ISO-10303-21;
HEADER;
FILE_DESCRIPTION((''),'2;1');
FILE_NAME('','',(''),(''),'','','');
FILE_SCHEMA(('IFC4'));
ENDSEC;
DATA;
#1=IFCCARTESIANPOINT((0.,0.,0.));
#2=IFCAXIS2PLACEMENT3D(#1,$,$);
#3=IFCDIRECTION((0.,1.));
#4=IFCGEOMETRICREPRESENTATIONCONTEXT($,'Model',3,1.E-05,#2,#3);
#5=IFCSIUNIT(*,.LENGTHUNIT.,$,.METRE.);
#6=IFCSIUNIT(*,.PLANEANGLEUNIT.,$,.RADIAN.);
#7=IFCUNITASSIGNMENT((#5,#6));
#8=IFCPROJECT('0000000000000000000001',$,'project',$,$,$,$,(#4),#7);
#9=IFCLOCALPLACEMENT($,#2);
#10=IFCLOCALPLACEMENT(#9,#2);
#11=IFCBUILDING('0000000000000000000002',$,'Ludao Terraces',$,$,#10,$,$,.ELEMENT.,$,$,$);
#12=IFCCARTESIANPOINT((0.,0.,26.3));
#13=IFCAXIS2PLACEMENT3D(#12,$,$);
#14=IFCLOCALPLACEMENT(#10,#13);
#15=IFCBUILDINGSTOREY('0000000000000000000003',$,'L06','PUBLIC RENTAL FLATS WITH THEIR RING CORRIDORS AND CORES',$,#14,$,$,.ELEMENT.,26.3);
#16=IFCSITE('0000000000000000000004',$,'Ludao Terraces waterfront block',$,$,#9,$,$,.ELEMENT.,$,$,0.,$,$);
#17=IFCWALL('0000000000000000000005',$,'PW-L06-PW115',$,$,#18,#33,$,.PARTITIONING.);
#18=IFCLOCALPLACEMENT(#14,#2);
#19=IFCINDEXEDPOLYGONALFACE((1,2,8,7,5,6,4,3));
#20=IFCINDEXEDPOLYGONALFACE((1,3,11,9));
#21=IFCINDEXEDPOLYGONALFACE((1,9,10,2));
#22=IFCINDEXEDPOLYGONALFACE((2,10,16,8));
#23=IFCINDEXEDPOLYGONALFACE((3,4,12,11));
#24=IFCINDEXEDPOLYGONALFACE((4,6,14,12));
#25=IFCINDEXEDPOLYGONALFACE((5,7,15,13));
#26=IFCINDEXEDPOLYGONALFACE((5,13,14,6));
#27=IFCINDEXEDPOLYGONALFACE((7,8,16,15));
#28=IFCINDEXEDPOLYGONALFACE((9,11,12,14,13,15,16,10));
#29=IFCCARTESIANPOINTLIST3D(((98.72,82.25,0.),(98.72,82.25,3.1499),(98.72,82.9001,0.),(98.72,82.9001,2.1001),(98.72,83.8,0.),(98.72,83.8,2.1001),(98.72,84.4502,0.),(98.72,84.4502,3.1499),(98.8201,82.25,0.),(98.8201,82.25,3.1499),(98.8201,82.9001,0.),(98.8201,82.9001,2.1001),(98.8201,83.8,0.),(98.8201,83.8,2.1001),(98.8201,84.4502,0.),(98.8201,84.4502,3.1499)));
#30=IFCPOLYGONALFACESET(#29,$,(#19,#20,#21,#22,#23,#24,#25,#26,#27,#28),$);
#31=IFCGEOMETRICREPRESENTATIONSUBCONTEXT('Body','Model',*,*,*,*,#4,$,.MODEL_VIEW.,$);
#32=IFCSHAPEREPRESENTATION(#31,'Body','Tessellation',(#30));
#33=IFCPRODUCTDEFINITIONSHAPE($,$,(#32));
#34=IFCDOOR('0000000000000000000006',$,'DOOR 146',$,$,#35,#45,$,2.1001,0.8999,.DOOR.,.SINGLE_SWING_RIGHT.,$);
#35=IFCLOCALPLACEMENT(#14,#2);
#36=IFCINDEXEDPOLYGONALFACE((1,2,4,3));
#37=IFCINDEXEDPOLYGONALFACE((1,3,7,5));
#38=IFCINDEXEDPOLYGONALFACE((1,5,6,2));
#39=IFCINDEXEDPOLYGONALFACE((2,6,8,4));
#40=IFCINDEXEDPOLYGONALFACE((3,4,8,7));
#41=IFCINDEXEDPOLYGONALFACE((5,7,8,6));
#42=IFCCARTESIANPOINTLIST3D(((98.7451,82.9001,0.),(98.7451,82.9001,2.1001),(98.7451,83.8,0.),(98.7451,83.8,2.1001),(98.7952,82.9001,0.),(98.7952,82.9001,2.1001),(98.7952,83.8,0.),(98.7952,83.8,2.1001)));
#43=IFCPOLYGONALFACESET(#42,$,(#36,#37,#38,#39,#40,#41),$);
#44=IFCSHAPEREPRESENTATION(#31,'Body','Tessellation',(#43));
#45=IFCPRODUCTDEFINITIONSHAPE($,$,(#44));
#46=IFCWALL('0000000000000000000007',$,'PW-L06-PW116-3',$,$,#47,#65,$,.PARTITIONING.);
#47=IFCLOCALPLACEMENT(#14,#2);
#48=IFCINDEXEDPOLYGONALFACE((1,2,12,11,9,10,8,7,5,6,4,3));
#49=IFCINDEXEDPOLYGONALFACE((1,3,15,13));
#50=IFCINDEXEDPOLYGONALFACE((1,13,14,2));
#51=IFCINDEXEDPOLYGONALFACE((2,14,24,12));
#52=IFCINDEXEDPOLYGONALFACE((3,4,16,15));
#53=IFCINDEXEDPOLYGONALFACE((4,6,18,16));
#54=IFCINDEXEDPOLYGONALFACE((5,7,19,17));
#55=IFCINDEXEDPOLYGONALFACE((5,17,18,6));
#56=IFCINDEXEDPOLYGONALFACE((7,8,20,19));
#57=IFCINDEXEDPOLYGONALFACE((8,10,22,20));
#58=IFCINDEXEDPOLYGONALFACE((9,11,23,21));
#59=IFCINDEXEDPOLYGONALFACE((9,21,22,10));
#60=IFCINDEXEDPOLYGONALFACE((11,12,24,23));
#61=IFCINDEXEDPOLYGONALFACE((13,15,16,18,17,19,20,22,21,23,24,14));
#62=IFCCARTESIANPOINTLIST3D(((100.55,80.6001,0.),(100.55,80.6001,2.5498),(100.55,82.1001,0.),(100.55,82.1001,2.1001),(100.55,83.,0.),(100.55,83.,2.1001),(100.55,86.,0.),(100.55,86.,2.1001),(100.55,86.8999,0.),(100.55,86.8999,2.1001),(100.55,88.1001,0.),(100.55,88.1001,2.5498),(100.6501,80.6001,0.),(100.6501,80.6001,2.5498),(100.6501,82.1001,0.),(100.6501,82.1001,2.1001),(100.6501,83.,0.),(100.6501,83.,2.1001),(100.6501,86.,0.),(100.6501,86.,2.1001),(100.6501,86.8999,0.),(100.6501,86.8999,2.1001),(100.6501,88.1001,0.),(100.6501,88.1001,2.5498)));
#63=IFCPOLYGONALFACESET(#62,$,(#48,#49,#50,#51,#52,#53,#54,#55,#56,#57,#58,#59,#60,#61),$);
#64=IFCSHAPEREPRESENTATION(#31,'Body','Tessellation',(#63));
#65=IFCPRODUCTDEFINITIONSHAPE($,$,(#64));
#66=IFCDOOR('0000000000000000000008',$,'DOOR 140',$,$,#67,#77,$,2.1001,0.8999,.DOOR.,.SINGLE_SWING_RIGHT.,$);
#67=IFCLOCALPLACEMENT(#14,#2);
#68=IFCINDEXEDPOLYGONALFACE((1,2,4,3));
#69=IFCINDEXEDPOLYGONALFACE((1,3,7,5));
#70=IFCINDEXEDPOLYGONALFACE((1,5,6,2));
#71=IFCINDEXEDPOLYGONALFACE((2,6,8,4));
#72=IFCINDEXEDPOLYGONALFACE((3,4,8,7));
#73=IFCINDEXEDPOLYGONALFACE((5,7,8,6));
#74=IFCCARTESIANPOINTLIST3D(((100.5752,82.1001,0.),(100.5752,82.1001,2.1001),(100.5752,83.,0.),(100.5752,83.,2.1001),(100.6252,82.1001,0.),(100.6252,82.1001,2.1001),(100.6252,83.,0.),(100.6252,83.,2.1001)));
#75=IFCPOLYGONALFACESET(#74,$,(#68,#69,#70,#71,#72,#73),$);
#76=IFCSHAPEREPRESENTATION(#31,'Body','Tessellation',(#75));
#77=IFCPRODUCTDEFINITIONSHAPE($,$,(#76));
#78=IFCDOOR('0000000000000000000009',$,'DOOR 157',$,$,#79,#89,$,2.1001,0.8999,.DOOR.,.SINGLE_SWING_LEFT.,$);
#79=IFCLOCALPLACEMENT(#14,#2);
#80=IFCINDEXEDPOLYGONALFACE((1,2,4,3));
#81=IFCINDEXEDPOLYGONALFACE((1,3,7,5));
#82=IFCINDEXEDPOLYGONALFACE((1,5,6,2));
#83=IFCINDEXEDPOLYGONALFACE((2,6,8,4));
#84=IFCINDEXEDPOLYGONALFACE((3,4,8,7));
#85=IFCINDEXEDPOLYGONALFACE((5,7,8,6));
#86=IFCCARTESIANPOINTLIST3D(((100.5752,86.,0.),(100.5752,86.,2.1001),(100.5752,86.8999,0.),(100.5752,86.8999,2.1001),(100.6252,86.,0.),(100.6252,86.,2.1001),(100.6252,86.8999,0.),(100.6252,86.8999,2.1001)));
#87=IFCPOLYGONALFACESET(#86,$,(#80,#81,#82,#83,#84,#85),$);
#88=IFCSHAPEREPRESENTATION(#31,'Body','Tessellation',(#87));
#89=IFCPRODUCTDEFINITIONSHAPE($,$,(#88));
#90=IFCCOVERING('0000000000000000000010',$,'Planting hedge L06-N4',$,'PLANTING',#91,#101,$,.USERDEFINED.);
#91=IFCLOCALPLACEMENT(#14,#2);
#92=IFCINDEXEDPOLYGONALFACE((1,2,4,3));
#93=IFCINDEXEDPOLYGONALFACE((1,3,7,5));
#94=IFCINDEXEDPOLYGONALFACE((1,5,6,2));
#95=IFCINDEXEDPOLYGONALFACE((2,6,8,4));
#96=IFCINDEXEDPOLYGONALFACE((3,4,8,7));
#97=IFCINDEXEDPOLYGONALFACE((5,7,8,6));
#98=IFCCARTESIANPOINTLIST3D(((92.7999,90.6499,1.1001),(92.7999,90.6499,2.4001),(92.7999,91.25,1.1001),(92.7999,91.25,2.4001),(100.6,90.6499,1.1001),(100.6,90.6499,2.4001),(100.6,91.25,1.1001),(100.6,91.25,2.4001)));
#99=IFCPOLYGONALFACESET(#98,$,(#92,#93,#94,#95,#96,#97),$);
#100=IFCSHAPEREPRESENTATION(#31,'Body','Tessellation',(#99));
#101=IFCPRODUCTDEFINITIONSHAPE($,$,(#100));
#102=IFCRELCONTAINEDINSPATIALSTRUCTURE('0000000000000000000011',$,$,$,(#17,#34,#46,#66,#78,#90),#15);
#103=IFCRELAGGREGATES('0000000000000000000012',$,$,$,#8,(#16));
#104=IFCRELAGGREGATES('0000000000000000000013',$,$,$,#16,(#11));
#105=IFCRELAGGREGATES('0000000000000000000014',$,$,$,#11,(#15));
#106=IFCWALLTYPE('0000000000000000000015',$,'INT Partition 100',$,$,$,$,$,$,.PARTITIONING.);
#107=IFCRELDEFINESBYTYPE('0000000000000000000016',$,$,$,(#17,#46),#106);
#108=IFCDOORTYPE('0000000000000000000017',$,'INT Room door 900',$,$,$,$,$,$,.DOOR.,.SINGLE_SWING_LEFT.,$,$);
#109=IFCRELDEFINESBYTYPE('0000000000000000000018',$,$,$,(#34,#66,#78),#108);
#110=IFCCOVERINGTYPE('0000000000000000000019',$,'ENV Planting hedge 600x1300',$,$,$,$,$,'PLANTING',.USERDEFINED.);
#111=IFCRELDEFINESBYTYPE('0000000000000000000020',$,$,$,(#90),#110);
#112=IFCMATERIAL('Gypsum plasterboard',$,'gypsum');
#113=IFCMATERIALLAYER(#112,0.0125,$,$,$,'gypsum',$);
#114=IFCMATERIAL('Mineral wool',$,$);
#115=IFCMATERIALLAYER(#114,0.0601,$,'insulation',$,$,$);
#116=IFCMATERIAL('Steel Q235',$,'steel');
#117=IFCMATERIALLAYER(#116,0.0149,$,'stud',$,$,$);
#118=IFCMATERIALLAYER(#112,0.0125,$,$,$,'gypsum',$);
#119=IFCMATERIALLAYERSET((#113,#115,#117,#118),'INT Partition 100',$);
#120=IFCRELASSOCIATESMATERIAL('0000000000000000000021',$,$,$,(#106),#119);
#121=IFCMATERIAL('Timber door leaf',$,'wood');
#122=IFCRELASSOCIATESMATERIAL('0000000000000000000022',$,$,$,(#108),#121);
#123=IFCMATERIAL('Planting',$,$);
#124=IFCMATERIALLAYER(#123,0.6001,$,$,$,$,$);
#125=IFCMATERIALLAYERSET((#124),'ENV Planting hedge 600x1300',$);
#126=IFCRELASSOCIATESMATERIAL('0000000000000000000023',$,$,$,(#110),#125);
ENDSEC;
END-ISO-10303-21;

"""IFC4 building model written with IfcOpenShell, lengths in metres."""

from ifc_helpers import new_model, si_unit, direction, frame, frame_2d, origin, origin_2d, place, context, subcontext, project, spatial, rectangle, extrude, material, layer, layer_set, type_object, element, fill, save


model = new_model("IFC4")

# Units and contexts
model_context = context("Model", 3, precision=1e-05, world=origin(), true_north=direction((0.0, 1.0)))
body_context = subcontext(model_context, "Body", "Model", "MODEL_VIEW")
ifc_project = project(units=[si_unit("LENGTHUNIT", "METRE"), si_unit("PLANEANGLEUNIT", "RADIAN")], contexts=[model_context])

# Site, building, storey
site_placement = place(None, origin())
site = spatial("IfcSite", under=ifc_project, at=site_placement, Name="Ludao Terraces waterfront block", CompositionType="ELEMENT", RefElevation=0.0)
building_placement = place(site_placement, origin())
building = spatial("IfcBuilding", under=site, at=building_placement, Name="Ludao Terraces", CompositionType="ELEMENT")
storey_placement = place(building_placement, frame((0.0, 0.0, 26.3)))
storey = spatial("IfcBuildingStorey", under=building, at=storey_placement, Name="L06", Description="PUBLIC RENTAL FLATS WITH THEIR RING CORRIDORS AND CORES", CompositionType="ELEMENT", Elevation=26.3)

# Shared definitions
ifc_material_1 = material(Name="Gypsum plasterboard", Category="gypsum")
ifc_layer_1 = layer(ifc_material_1, 0.0125, Category="gypsum")
ifc_material_2 = material(Name="Mineral wool")
ifc_layer_2 = layer(ifc_material_2, 0.0601, Name="insulation")
ifc_material_3 = material(Name="Steel Q235", Category="steel")
ifc_layer_3 = layer(ifc_material_3, 0.0149, Name="stud")
ifc_layer_4 = layer(ifc_material_1, 0.0125, Category="gypsum")
ifc_layer_set_1 = layer_set([ifc_layer_1, ifc_layer_2, ifc_layer_3, ifc_layer_4], Name="INT Partition 100")
wall_type_1 = type_object("IfcWallType", Name="INT Partition 100", PredefinedType="PARTITIONING", material=ifc_layer_set_1)

# Wall, opening, door
ifc_material_4 = material(Name="Timber door leaf", Category="wood")
door_type = type_object("IfcDoorType", Name="INT Room door 900", OperationType="SINGLE_SWING_LEFT", PredefinedType="DOOR", material=ifc_material_4)
wall_1_placement = place(storey_placement, frame((98.77, 82.25, 0.0), z_axis=(0.0, 0.0, 1.0), x_axis=(0.0, 1.0, 0.0)))
wall_1 = element("IfcWall", 1, at=wall_1_placement, inside=storey, type_object=wall_type_1, Name="PW-L06-PW115", PredefinedType="PARTITIONING", context=body_context, shape_type="SweptSolid", body=[
    extrude(rectangle(XDim=2.2002, YDim=0.1001, at=frame_2d((1.1001, 0.0))), origin(), (0.0, 0.0, 1.0), 3.1499),
])
opening_1_placement = place(wall_1_placement, frame((0.6501, 0.0, 0.0)))
opening_1 = element("IfcOpeningElement", 2, at=opening_1_placement, cuts=wall_1, PredefinedType="OPENING", context=body_context, shape_type="SweptSolid", body=[
    extrude(rectangle(XDim=0.8999, YDim=2.1001, at=frame_2d((0.45, 1.05))), frame((0.0, 0.0601, 0.0), z_axis=(0.0, -1.0, 0.0), x_axis=(1.0, 0.0, 0.0)), (0.0, 0.0, 1.0), 0.1201),
])
door_1_placement = place(opening_1_placement, origin())
door_1 = element("IfcDoor", 3, at=door_1_placement, inside=storey, type_object=door_type, Name="DOOR 146", OperationType="SINGLE_SWING_RIGHT", OverallHeight=2.1001, OverallWidth=0.8999, PredefinedType="DOOR", context=body_context, shape_type="SweptSolid", body=[
    extrude(rectangle(XDim=0.8999, YDim=2.1001, at=frame_2d((0.45, 1.05))), frame((0.0, 0.0249, 0.0), z_axis=(0.0, -1.0, 0.0), x_axis=(1.0, 0.0, 0.0)), (0.0, 0.0, 1.0), 0.05),
])
fill(opening_1, door_1)

# Wall, openings, doors
wall_2_placement = place(storey_placement, frame((100.6001, 80.6001, 0.0), z_axis=(0.0, 0.0, 1.0), x_axis=(0.0, 1.0, 0.0)))
wall_2 = element("IfcWall", 4, at=wall_2_placement, inside=storey, type_object=wall_type_1, Name="PW-L06-PW116-3", PredefinedType="PARTITIONING", context=body_context, shape_type="SweptSolid", body=[
    extrude(rectangle(XDim=7.5, YDim=0.1001, at=frame_2d((3.75, 0.0))), origin(), (0.0, 0.0, 1.0), 2.5498),
])
opening_2_placement = place(wall_2_placement, frame((1.5, 0.0, 0.0)))
opening_2 = element("IfcOpeningElement", 5, at=opening_2_placement, cuts=wall_2, PredefinedType="OPENING", context=body_context, shape_type="SweptSolid", body=[
    extrude(rectangle(XDim=0.8999, YDim=2.1001, at=frame_2d((0.45, 1.05))), frame((0.0, 0.0601, 0.0), z_axis=(0.0, -1.0, 0.0), x_axis=(1.0, 0.0, 0.0)), (0.0, 0.0, 1.0), 0.1201),
])
opening_3_placement = place(wall_2_placement, frame((5.3999, 0.0, 0.0)))
opening_3 = element("IfcOpeningElement", 6, at=opening_3_placement, cuts=wall_2, PredefinedType="OPENING", context=body_context, shape_type="SweptSolid", body=[
    extrude(rectangle(XDim=0.8999, YDim=2.1001, at=frame_2d((0.45, 1.05))), frame((0.0, 0.0601, 0.0), z_axis=(0.0, -1.0, 0.0), x_axis=(1.0, 0.0, 0.0)), (0.0, 0.0, 1.0), 0.1201),
])
door_2_placement = place(opening_2_placement, origin())
door_2 = element("IfcDoor", 7, at=door_2_placement, inside=storey, type_object=door_type, Name="DOOR 140", OperationType="SINGLE_SWING_RIGHT", OverallHeight=2.1001, OverallWidth=0.8999, PredefinedType="DOOR", context=body_context, shape_type="SweptSolid", body=[
    extrude(rectangle(XDim=0.8999, YDim=2.1001, at=frame_2d((0.45, 1.05))), frame((0.0, 0.0249, 0.0), z_axis=(0.0, -1.0, 0.0), x_axis=(1.0, 0.0, 0.0)), (0.0, 0.0, 1.0), 0.05),
])
fill(opening_2, door_2)
door_3_placement = place(opening_3_placement, origin())
door_3 = element("IfcDoor", 8, at=door_3_placement, inside=storey, type_object=door_type, Name="DOOR 157", OperationType="SINGLE_SWING_LEFT", OverallHeight=2.1001, OverallWidth=0.8999, PredefinedType="DOOR", context=body_context, shape_type="SweptSolid", body=[
    extrude(rectangle(XDim=0.8999, YDim=2.1001, at=frame_2d((0.45, 1.05))), frame((0.0, 0.0249, 0.0), z_axis=(0.0, -1.0, 0.0), x_axis=(1.0, 0.0, 0.0)), (0.0, 0.0, 1.0), 0.05),
])
fill(opening_3, door_3)

# Covering
ifc_material_5 = material(Name="Planting")
ifc_layer_5 = layer(ifc_material_5, 0.6001)
ifc_layer_set_2 = layer_set([ifc_layer_5], Name="ENV Planting hedge 600x1300")
covering_type = type_object("IfcCoveringType", Name="ENV Planting hedge 600x1300", ElementType="PLANTING", PredefinedType="USERDEFINED", material=ifc_layer_set_2)
covering_placement = place(storey_placement, frame((96.7, 90.95, 1.1001), z_axis=(0.0, 0.0, 1.0), x_axis=(1.0, 0.0, 0.0)))
element("IfcCovering", 9, at=covering_placement, inside=storey, type_object=covering_type, Name="Planting hedge L06-N4", ObjectType="PLANTING", PredefinedType="USERDEFINED", context=body_context, shape_type="SweptSolid", body=[
    extrude(rectangle(XDim=7.8, YDim=0.6001, at=origin_2d()), origin(), (0.0, 0.0, 1.0), 1.3),
])

save(model, "model.ifc")
